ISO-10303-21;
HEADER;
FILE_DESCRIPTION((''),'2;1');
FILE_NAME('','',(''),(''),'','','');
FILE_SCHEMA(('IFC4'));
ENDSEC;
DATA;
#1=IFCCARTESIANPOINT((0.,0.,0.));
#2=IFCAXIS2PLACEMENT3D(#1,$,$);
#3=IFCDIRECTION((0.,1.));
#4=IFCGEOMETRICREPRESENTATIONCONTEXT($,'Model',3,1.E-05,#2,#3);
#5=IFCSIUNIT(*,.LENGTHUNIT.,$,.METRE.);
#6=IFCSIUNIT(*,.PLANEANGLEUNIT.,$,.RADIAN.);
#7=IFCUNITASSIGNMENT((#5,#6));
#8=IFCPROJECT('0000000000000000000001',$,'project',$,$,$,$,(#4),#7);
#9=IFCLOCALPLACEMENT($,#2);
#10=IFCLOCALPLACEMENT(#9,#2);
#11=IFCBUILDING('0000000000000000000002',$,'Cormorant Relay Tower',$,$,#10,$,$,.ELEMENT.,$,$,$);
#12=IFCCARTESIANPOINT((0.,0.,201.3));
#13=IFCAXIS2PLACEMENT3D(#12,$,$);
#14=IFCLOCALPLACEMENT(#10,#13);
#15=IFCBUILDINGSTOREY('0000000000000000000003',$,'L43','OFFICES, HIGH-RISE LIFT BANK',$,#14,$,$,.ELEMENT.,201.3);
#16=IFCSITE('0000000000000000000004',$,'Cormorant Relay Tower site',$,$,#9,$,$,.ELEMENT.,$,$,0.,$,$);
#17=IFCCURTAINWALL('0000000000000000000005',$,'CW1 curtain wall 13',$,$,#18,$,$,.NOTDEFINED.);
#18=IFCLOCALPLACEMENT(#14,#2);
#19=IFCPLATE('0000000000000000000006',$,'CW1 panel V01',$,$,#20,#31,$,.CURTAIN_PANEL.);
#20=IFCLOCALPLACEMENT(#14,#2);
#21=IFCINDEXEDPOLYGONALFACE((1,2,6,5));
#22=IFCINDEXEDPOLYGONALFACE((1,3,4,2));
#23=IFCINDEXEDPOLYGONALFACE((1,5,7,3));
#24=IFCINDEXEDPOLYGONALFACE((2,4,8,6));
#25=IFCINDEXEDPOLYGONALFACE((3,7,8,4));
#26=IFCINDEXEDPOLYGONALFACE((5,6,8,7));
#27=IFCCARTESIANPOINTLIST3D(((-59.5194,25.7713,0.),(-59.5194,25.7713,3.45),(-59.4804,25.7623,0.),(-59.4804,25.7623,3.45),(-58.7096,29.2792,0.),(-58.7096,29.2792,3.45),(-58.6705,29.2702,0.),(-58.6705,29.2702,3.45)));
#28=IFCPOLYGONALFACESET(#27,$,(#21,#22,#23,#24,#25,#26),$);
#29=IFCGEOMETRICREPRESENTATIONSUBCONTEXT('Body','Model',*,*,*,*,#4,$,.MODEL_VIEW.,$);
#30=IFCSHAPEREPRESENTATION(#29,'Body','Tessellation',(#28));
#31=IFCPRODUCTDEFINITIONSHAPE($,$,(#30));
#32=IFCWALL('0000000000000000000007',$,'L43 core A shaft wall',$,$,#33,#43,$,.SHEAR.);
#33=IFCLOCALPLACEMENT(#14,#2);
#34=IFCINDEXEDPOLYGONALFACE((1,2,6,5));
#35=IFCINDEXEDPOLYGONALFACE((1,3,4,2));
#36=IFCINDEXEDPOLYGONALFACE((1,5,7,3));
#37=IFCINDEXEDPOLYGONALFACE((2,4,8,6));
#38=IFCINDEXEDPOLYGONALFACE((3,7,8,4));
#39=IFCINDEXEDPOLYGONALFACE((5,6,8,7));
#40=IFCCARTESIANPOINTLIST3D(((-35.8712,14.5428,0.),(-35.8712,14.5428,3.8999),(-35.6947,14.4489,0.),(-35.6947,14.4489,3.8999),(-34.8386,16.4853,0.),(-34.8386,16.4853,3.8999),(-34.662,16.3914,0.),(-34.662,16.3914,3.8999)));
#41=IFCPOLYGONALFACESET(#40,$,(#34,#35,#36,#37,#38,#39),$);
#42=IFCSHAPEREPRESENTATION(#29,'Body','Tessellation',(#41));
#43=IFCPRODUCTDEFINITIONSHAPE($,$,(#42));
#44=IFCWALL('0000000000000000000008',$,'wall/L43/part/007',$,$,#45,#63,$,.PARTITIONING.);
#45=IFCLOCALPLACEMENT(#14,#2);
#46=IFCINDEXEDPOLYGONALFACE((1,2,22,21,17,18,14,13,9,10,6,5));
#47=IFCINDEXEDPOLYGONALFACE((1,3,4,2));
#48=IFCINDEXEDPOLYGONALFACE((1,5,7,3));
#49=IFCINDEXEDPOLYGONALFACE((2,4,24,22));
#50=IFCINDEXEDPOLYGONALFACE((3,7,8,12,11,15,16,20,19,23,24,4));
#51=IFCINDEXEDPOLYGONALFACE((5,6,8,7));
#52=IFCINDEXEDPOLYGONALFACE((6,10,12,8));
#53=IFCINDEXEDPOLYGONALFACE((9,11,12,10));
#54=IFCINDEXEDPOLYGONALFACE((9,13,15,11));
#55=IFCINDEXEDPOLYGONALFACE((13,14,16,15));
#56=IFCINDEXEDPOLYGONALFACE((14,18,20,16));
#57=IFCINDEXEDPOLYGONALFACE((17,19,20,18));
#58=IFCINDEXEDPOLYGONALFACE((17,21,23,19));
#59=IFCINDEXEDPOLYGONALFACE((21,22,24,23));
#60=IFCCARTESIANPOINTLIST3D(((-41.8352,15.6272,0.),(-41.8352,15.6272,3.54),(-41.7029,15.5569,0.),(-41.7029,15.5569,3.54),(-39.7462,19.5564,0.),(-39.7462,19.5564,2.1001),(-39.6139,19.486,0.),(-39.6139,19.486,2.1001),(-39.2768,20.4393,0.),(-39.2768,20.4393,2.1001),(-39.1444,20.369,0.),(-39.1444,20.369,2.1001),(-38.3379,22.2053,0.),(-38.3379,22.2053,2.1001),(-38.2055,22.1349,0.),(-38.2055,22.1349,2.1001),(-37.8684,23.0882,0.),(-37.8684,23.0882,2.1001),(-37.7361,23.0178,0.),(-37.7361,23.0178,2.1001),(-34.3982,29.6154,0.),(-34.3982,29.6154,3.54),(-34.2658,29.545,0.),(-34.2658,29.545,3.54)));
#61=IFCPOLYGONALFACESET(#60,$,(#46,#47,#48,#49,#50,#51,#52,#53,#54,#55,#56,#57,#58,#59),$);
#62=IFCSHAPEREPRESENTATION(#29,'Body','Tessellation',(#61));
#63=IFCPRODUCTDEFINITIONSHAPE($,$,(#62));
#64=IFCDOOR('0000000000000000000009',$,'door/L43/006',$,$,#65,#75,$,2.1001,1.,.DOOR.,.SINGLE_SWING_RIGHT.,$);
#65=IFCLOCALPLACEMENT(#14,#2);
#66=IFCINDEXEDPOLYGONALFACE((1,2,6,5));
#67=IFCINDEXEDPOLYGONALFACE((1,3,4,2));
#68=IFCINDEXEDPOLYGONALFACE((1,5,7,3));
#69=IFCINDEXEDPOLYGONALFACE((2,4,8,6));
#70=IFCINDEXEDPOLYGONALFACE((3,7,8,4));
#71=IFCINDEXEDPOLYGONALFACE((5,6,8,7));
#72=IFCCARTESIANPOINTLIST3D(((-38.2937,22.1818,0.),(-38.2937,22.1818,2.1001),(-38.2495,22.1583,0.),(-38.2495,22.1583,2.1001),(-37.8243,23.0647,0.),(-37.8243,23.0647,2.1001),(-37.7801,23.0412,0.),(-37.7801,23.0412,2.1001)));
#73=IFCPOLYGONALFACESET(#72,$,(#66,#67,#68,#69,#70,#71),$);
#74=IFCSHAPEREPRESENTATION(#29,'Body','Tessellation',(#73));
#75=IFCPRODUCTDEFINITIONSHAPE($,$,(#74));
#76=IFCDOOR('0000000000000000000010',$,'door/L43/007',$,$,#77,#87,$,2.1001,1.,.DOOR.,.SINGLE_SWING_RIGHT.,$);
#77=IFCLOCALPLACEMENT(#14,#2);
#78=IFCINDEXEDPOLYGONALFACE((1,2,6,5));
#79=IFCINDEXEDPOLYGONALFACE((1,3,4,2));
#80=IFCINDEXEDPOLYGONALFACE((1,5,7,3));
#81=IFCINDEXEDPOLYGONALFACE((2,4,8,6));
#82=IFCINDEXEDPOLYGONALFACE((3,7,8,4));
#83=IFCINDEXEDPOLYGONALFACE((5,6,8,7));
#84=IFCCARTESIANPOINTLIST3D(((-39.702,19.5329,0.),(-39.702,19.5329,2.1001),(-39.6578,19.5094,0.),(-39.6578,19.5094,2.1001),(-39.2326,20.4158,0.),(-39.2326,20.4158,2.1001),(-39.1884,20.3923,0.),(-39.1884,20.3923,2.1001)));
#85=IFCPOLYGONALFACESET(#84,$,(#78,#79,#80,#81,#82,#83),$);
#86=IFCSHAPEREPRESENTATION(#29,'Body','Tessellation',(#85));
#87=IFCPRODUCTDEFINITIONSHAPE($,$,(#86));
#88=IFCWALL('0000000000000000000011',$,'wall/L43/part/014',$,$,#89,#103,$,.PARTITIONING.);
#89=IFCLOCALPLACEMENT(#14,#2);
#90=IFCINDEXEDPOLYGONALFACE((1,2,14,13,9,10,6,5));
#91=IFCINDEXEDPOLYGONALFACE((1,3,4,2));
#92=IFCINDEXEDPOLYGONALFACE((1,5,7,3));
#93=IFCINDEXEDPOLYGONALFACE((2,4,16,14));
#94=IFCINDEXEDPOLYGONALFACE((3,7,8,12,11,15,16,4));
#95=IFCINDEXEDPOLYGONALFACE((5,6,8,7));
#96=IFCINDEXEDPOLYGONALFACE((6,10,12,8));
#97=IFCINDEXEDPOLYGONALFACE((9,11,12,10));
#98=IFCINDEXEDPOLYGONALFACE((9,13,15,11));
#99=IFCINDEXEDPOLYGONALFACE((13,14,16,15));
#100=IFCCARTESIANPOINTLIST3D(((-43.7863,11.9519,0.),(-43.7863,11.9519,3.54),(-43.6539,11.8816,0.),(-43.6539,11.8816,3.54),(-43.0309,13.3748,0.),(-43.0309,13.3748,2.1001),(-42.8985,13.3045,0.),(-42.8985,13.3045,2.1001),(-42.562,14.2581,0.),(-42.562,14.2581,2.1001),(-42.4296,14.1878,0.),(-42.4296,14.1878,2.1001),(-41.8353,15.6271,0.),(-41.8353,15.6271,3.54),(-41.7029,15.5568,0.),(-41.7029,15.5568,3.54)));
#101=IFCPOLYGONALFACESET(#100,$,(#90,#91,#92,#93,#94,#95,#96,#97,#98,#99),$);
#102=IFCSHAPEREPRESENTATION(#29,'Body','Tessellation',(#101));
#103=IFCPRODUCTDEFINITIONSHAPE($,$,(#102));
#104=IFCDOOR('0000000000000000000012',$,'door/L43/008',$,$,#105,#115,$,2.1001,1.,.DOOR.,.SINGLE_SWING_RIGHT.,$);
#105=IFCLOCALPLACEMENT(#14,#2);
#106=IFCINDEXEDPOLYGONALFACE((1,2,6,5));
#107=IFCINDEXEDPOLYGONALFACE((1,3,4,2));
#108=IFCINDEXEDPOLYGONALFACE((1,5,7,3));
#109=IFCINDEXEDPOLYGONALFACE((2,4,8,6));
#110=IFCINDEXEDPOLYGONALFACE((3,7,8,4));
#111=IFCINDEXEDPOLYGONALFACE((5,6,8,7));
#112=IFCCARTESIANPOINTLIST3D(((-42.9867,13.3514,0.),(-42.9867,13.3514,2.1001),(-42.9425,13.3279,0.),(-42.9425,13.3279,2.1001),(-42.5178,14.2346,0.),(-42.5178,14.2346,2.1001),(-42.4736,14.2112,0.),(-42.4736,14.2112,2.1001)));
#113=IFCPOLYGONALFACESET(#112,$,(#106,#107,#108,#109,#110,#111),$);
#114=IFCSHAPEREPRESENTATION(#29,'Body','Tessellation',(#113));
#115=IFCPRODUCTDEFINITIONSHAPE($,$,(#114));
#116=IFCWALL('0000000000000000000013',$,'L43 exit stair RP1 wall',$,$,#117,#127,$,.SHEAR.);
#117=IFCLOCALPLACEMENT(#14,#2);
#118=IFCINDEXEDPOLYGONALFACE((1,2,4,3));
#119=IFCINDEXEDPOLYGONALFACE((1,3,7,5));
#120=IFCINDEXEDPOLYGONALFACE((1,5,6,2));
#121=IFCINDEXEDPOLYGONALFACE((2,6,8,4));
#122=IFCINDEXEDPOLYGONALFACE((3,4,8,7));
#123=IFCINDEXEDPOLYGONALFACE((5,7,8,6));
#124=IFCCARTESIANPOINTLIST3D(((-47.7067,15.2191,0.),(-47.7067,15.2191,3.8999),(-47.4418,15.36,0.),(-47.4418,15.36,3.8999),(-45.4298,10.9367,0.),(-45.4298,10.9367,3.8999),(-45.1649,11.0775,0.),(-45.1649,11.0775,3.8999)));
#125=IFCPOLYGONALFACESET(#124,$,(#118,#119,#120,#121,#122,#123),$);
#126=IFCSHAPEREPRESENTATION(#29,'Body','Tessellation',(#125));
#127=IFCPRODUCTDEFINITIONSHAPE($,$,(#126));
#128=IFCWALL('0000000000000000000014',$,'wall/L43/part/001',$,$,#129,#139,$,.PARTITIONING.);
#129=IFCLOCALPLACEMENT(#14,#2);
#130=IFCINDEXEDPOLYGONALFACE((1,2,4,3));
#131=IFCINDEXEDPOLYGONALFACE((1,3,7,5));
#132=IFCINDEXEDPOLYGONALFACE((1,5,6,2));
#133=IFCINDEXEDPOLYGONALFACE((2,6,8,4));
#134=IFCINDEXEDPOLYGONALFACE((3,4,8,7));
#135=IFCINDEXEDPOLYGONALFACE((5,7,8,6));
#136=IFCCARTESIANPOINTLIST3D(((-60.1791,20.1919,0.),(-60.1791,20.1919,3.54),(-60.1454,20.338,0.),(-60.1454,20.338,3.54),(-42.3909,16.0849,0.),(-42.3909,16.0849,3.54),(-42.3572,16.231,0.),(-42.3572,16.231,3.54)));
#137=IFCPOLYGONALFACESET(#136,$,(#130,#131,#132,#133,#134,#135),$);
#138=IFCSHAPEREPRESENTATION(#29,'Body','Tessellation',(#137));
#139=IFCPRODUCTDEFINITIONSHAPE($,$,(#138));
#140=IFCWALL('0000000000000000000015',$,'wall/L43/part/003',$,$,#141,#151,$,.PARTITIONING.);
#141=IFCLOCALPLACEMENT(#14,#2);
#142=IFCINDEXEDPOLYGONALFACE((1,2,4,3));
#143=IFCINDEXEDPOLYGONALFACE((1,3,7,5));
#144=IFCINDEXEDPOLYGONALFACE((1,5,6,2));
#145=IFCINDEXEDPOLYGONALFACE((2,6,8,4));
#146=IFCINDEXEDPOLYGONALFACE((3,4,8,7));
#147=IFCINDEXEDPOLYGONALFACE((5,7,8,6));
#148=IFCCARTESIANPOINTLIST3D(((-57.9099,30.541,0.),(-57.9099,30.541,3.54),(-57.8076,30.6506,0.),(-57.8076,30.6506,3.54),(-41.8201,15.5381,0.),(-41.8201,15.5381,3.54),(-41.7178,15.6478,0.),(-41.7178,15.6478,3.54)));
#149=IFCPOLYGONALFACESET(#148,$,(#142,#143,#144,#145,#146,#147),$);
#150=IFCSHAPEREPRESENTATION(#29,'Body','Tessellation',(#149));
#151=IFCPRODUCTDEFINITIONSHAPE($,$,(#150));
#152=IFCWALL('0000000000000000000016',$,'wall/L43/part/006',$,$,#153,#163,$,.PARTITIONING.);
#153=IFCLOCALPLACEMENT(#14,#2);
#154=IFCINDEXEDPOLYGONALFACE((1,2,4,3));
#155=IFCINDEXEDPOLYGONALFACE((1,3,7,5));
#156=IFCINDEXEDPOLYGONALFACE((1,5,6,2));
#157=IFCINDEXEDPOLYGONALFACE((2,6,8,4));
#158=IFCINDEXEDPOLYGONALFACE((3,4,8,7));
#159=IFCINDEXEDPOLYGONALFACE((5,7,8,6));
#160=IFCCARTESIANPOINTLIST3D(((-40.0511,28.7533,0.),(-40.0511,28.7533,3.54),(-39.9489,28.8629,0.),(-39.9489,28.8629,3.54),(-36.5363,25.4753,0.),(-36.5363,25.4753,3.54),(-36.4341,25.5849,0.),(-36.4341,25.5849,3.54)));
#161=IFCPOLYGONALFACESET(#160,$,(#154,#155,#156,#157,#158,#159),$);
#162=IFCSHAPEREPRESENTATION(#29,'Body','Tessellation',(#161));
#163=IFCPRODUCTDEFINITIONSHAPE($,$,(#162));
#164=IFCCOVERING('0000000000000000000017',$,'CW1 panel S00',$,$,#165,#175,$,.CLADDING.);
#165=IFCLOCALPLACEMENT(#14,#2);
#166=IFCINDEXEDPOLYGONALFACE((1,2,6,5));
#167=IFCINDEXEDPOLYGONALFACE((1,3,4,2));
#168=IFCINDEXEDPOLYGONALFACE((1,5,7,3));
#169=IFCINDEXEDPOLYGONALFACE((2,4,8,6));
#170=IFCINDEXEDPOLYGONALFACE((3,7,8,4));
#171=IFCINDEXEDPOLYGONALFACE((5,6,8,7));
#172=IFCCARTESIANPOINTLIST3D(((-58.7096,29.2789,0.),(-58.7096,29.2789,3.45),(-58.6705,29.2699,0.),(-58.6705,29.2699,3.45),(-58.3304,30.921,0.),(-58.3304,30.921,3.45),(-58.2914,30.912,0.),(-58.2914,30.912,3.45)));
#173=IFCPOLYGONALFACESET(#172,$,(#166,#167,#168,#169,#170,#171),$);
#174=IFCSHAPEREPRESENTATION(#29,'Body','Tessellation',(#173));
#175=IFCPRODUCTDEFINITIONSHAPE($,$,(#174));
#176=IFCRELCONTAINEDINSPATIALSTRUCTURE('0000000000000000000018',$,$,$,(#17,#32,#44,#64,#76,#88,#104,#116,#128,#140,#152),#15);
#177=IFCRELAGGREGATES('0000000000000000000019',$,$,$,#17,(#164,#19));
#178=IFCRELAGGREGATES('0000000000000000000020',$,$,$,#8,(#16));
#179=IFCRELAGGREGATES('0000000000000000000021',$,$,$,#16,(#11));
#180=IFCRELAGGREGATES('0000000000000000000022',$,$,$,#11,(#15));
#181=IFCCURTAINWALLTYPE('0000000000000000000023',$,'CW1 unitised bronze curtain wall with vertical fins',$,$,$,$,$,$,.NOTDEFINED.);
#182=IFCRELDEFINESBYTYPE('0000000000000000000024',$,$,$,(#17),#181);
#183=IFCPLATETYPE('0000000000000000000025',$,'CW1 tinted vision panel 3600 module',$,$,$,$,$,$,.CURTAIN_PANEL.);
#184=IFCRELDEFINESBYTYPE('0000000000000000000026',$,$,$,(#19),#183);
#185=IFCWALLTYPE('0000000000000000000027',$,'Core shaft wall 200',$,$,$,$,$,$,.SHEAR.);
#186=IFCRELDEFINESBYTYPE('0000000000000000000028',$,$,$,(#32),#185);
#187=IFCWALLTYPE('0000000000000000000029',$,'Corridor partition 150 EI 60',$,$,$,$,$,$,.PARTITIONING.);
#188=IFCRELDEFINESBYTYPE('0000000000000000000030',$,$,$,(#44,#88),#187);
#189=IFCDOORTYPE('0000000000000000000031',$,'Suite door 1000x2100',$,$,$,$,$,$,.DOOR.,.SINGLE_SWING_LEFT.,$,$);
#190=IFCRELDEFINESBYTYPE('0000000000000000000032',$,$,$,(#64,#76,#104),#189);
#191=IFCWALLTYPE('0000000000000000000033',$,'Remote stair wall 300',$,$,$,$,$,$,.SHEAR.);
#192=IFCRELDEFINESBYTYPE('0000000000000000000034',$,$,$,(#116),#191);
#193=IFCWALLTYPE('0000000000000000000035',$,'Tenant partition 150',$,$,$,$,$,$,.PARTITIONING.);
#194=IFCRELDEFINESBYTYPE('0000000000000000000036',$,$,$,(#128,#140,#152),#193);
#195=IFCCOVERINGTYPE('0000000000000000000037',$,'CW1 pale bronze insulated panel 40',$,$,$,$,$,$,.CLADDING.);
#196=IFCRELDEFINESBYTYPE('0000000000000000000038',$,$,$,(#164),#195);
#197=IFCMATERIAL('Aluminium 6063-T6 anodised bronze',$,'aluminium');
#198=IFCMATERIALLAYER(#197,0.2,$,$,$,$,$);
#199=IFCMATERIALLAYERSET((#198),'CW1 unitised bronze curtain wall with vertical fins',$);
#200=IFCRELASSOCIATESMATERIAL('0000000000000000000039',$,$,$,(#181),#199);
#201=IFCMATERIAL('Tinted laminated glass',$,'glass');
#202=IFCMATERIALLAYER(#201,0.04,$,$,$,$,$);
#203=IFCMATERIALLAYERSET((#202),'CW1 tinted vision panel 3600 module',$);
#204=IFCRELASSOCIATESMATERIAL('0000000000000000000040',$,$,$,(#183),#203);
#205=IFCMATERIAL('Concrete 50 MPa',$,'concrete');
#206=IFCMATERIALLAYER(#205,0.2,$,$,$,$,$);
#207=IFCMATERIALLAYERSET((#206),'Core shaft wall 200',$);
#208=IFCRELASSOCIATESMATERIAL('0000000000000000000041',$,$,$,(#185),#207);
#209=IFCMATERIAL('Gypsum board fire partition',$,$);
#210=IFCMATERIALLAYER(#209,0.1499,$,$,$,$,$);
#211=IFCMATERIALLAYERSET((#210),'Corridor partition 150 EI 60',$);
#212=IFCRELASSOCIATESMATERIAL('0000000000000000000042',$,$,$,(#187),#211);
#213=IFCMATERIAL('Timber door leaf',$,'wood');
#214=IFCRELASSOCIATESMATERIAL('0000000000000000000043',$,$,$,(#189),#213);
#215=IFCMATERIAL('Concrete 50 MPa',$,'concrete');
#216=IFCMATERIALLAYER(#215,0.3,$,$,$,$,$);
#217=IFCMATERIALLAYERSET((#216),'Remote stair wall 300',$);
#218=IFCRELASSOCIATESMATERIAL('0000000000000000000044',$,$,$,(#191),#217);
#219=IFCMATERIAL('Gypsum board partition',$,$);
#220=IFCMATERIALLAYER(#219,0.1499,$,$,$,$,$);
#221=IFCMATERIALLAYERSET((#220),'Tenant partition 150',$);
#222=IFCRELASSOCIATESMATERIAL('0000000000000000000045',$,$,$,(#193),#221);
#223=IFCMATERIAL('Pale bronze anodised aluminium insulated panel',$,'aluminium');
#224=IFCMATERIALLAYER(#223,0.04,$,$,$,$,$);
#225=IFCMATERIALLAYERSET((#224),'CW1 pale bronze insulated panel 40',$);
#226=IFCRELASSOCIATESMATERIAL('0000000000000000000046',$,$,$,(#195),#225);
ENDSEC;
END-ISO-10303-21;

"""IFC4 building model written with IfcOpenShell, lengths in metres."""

from ifc_helpers import new_model, si_unit, direction, frame, frame_2d, origin, origin_2d, place, context, subcontext, project, spatial, rectangle, extrude, material, layer, layer_set, type_object, element, fill, aggregate, save


model = new_model("IFC4")

# Units and contexts
model_context = context("Model", 3, precision=1e-05, world=origin(), true_north=direction((0.0, 1.0)))
body_context = subcontext(model_context, "Body", "Model", "MODEL_VIEW")
ifc_project = project(units=[si_unit("LENGTHUNIT", "METRE"), si_unit("PLANEANGLEUNIT", "RADIAN")], contexts=[model_context])

# Site, building, storey
site_placement = place(None, origin())
site = spatial("IfcSite", under=ifc_project, at=site_placement, Name="Cormorant Relay Tower site", CompositionType="ELEMENT", RefElevation=0.0)
building_placement = place(site_placement, origin())
building = spatial("IfcBuilding", under=site, at=building_placement, Name="Cormorant Relay Tower", CompositionType="ELEMENT")
storey_placement = place(building_placement, frame((0.0, 0.0, 201.3)))
storey = spatial("IfcBuildingStorey", under=building, at=storey_placement, Name="L43", Description="OFFICES, HIGH-RISE LIFT BANK", CompositionType="ELEMENT", Elevation=201.3)

# Curtain wall
ifc_material_1 = material(Name="Aluminium 6063-T6 anodised bronze", Category="aluminium")
ifc_layer_1 = layer(ifc_material_1, 0.2)
ifc_layer_set_1 = layer_set([ifc_layer_1], Name="CW1 unitised bronze curtain wall with vertical fins")
curtain_wall_type = type_object("IfcCurtainWallType", Name="CW1 unitised bronze curtain wall with vertical fins", PredefinedType="NOTDEFINED", material=ifc_layer_set_1)
curtain_wall_1_placement = place(storey_placement, origin())
curtain_wall_1 = element("IfcCurtainWall", 1, at=curtain_wall_1_placement, inside=storey, type_object=curtain_wall_type, Name="CW1 curtain wall 13", PredefinedType="NOTDEFINED")

# Plate
ifc_material_2 = material(Name="Tinted laminated glass", Category="glass")
ifc_layer_2 = layer(ifc_material_2, 0.04)
ifc_layer_set_2 = layer_set([ifc_layer_2], Name="CW1 tinted vision panel 3600 module")
plate_type_1 = type_object("IfcPlateType", Name="CW1 tinted vision panel 3600 module", PredefinedType="CURTAIN_PANEL", material=ifc_layer_set_2)
plate_1_placement = place(storey_placement, frame((-59.095, 27.5208, 0.0), z_axis=(0.0, 0.0, 1.0), x_axis=(-0.224951, -0.97437, 0.0)))
plate_1 = element("IfcPlate", 2, at=plate_1_placement, type_object=plate_type_1, Name="CW1 panel V01", PredefinedType="CURTAIN_PANEL", context=body_context, shape_type="SweptSolid", body=[
    extrude(rectangle(XDim=3.6001, YDim=0.04, at=origin_2d()), origin(), (0.0, 0.0, 1.0), 3.45),
])

# Wall
ifc_material_3 = material(Name="Concrete 50 MPa", Category="concrete")
ifc_layer_3 = layer(ifc_material_3, 0.2)
ifc_layer_set_3 = layer_set([ifc_layer_3], Name="Core shaft wall 200")
wall_type_1 = type_object("IfcWallType", Name="Core shaft wall 200", PredefinedType="SHEAR", material=ifc_layer_set_3)
wall_1_placement = place(storey_placement, frame((-34.7502, 16.4385, 0.0), z_axis=(0.0, 0.0, 1.0), x_axis=(-0.469401, -0.882985, 0.0)))
element("IfcWall", 3, at=wall_1_placement, inside=storey, type_object=wall_type_1, Name="L43 core A shaft wall", PredefinedType="SHEAR", context=body_context, shape_type="SweptSolid", body=[
    extrude(rectangle(XDim=2.2, YDim=0.2, at=frame_2d((1.1001, 0.0))), origin(), (0.0, 0.0, 1.0), 3.8999),
])

# Wall, openings, doors
ifc_material_4 = material(Name="Gypsum board fire partition")
ifc_layer_4 = layer(ifc_material_4, 0.1499)
ifc_layer_set_4 = layer_set([ifc_layer_4], Name="Corridor partition 150 EI 60")
wall_type_2 = type_object("IfcWallType", Name="Corridor partition 150 EI 60", PredefinedType="PARTITIONING", material=ifc_layer_set_4)
wall_2_placement = place(storey_placement, frame((-41.769, 15.592, 0.0), z_axis=(0.0, 0.0, 1.0), x_axis=(0.469444, 0.882962, 0.0)))
wall_2 = element("IfcWall", 4, at=wall_2_placement, inside=storey, type_object=wall_type_2, Name="wall/L43/part/007", PredefinedType="PARTITIONING", context=body_context, shape_type="SweptSolid", body=[
    extrude(rectangle(XDim=15.8423, YDim=0.1499, at=frame_2d((7.9211, 0.0))), origin(), (0.0, 0.0, 1.0), 3.54),
])
opening_1_placement = place(wall_2_placement, frame((7.45, 0.0, 0.0)))
opening_1 = element("IfcOpeningElement", 5, at=opening_1_placement, cuts=wall_2, PredefinedType="OPENING", context=body_context, shape_type="SweptSolid", body=[
    extrude(rectangle(XDim=1.0, YDim=2.1001, at=frame_2d((0.5, 1.05))), frame((0.0, 0.085, 0.0), z_axis=(0.0, -1.0, 0.0), x_axis=(1.0, 0.0, 0.0)), (0.0, 0.0, 1.0), 0.1699),
])
opening_2_placement = place(wall_2_placement, frame((4.45, 0.0, 0.0)))
opening_2 = element("IfcOpeningElement", 6, at=opening_2_placement, cuts=wall_2, PredefinedType="OPENING", context=body_context, shape_type="SweptSolid", body=[
    extrude(rectangle(XDim=1.0, YDim=2.1001, at=frame_2d((0.5, 1.05))), frame((0.0, 0.085, 0.0), z_axis=(0.0, -1.0, 0.0), x_axis=(1.0, 0.0, 0.0)), (0.0, 0.0, 1.0), 0.1699),
])
ifc_material_5 = material(Name="Timber door leaf", Category="wood")
door_type = type_object("IfcDoorType", Name="Suite door 1000x2100", OperationType="SINGLE_SWING_LEFT", PredefinedType="DOOR", material=ifc_material_5)
door_1_placement = place(opening_1_placement, origin())
door_1 = element("IfcDoor", 7, at=door_1_placement, inside=storey, type_object=door_type, Name="door/L43/006", OperationType="SINGLE_SWING_RIGHT", OverallHeight=2.1001, OverallWidth=1.0, PredefinedType="DOOR", context=body_context, shape_type="SweptSolid", body=[
    extrude(rectangle(XDim=1.0, YDim=2.1001, at=frame_2d((0.5, 1.05))), frame((0.0, 0.0249, 0.0), z_axis=(0.0, -1.0, 0.0), x_axis=(1.0, 0.0, 0.0)), (0.0, 0.0, 1.0), 0.05),
])
fill(opening_1, door_1)
door_2_placement = place(opening_2_placement, origin())
door_2 = element("IfcDoor", 8, at=door_2_placement, inside=storey, type_object=door_type, Name="door/L43/007", OperationType="SINGLE_SWING_RIGHT", OverallHeight=2.1001, OverallWidth=1.0, PredefinedType="DOOR", context=body_context, shape_type="SweptSolid", body=[
    extrude(rectangle(XDim=1.0, YDim=2.1001, at=frame_2d((0.5, 1.05))), frame((0.0, 0.0249, 0.0), z_axis=(0.0, -1.0, 0.0), x_axis=(1.0, 0.0, 0.0)), (0.0, 0.0, 1.0), 0.05),
])
fill(opening_2, door_2)

# Wall, opening, door
wall_3_placement = place(storey_placement, frame((-41.769, 15.592, 0.0), z_axis=(0.0, 0.0, 1.0), x_axis=(-0.468885, -0.883259, 0.0)))
wall_3 = element("IfcWall", 9, at=wall_3_placement, inside=storey, type_object=wall_type_2, Name="wall/L43/part/014", PredefinedType="PARTITIONING", context=body_context, shape_type="SweptSolid", body=[
    extrude(rectangle(XDim=4.1609, YDim=0.1499, at=frame_2d((2.0806, 0.0))), origin(), (0.0, 0.0, 1.0), 3.54),
])
opening_3_placement = place(wall_3_placement, frame((1.55, 0.0, 0.0)))
opening_3 = element("IfcOpeningElement", 10, at=opening_3_placement, cuts=wall_3, PredefinedType="OPENING", context=body_context, shape_type="SweptSolid", body=[
    extrude(rectangle(XDim=1.0, YDim=2.1001, at=frame_2d((0.5, 1.05))), frame((0.0, 0.085, 0.0), z_axis=(0.0, -1.0, 0.0), x_axis=(1.0, 0.0, 0.0)), (0.0, 0.0, 1.0), 0.1699),
])
door_3_placement = place(opening_3_placement, frame((1.0, 0.0, 0.0), z_axis=(0.0, 0.0, 1.0), x_axis=(-1.0, 0.0, 0.0)))
door_3 = element("IfcDoor", 11, at=door_3_placement, inside=storey, type_object=door_type, Name="door/L43/008", OperationType="SINGLE_SWING_RIGHT", OverallHeight=2.1001, OverallWidth=1.0, PredefinedType="DOOR", context=body_context, shape_type="SweptSolid", body=[
    extrude(rectangle(XDim=1.0, YDim=2.1001, at=frame_2d((0.5, 1.05))), frame((0.0, 0.0249, 0.0), z_axis=(0.0, -1.0, 0.0), x_axis=(1.0, 0.0, 0.0)), (0.0, 0.0, 1.0), 0.05),
])
fill(opening_3, door_3)

# Walls
ifc_material_6 = material(Name="Concrete 50 MPa", Category="concrete")
ifc_layer_5 = layer(ifc_material_6, 0.3)
ifc_layer_set_5 = layer_set([ifc_layer_5], Name="Remote stair wall 300")
wall_type_3 = type_object("IfcWallType", Name="Remote stair wall 300", PredefinedType="SHEAR", material=ifc_layer_set_5)
wall_4_placement = place(storey_placement, frame((-47.5742, 15.2896, 0.0), z_axis=(0.0, 0.0, 1.0), x_axis=(0.469443, -0.882963, 0.0)))
element("IfcWall", 12, at=wall_4_placement, inside=storey, type_object=wall_type_3, Name="L43 exit stair RP1 wall", PredefinedType="SHEAR", context=body_context, shape_type="SweptSolid", body=[
    extrude(rectangle(XDim=4.8501, YDim=0.3, at=frame_2d((2.425, 0.0))), origin(), (0.0, 0.0, 1.0), 3.8999),
])
ifc_material_7 = material(Name="Gypsum board partition")
ifc_layer_6 = layer(ifc_material_7, 0.1499)
ifc_layer_set_6 = layer_set([ifc_layer_6], Name="Tenant partition 150")
wall_type_4 = type_object("IfcWallType", Name="Tenant partition 150", PredefinedType="PARTITIONING", material=ifc_layer_set_6)
wall_5_placement = place(storey_placement, frame((-60.1621, 20.2649, 0.0), z_axis=(0.0, 0.0, 1.0), x_axis=(0.974367, -0.224963, 0.0)))
element("IfcWall", 13, at=wall_5_placement, inside=storey, type_object=wall_type_4, Name="wall/L43/part/001", PredefinedType="PARTITIONING", context=body_context, shape_type="SweptSolid", body=[
    extrude(rectangle(XDim=18.2561, YDim=0.1499, at=frame_2d((9.1279, 0.0))), origin(), (0.0, 0.0, 1.0), 3.54),
])
wall_6_placement = place(storey_placement, frame((-41.769, 15.593, 0.0), z_axis=(0.0, 0.0, 1.0), x_axis=(-0.731378, 0.681972, 0.0)))
element("IfcWall", 14, at=wall_6_placement, inside=storey, type_object=wall_type_4, Name="wall/L43/part/003", PredefinedType="PARTITIONING", context=body_context, shape_type="SweptSolid", body=[
    extrude(rectangle(XDim=21.9993, YDim=0.1499, at=frame_2d((10.9995, 0.0))), origin(), (0.0, 0.0, 1.0), 3.54),
])
wall_7_placement = place(storey_placement, frame((-40.0, 28.8081, 0.0), z_axis=(0.0, 0.0, 1.0), x_axis=(0.731314, -0.682041, 0.0)))
element("IfcWall", 15, at=wall_7_placement, inside=storey, type_object=wall_type_4, Name="wall/L43/part/006", PredefinedType="PARTITIONING", context=body_context, shape_type="SweptSolid", body=[
    extrude(rectangle(XDim=4.8062, YDim=0.1499, at=frame_2d((2.4031, 0.0))), origin(), (0.0, 0.0, 1.0), 3.54),
])

# Covering
ifc_material_8 = material(Name="Pale bronze anodised aluminium insulated panel", Category="aluminium")
ifc_layer_7 = layer(ifc_material_8, 0.04)
ifc_layer_set_7 = layer_set([ifc_layer_7], Name="CW1 pale bronze insulated panel 40")
covering_type = type_object("IfcCoveringType", Name="CW1 pale bronze insulated panel 40", PredefinedType="CLADDING", material=ifc_layer_set_7)
covering_1_placement = place(storey_placement, frame((-58.5005, 30.0955, 0.0), z_axis=(0.0, 0.0, 1.0), x_axis=(-0.224951, -0.97437, 0.0)))
covering_1 = element("IfcCovering", 16, at=covering_1_placement, type_object=covering_type, Name="CW1 panel S00", PredefinedType="CLADDING", context=body_context, shape_type="SweptSolid", body=[
    extrude(rectangle(XDim=1.6853, YDim=0.04, at=origin_2d()), origin(), (0.0, 0.0, 1.0), 3.45),
])
aggregate(curtain_wall_1, [covering_1, plate_1])

save(model, "model.ifc")
